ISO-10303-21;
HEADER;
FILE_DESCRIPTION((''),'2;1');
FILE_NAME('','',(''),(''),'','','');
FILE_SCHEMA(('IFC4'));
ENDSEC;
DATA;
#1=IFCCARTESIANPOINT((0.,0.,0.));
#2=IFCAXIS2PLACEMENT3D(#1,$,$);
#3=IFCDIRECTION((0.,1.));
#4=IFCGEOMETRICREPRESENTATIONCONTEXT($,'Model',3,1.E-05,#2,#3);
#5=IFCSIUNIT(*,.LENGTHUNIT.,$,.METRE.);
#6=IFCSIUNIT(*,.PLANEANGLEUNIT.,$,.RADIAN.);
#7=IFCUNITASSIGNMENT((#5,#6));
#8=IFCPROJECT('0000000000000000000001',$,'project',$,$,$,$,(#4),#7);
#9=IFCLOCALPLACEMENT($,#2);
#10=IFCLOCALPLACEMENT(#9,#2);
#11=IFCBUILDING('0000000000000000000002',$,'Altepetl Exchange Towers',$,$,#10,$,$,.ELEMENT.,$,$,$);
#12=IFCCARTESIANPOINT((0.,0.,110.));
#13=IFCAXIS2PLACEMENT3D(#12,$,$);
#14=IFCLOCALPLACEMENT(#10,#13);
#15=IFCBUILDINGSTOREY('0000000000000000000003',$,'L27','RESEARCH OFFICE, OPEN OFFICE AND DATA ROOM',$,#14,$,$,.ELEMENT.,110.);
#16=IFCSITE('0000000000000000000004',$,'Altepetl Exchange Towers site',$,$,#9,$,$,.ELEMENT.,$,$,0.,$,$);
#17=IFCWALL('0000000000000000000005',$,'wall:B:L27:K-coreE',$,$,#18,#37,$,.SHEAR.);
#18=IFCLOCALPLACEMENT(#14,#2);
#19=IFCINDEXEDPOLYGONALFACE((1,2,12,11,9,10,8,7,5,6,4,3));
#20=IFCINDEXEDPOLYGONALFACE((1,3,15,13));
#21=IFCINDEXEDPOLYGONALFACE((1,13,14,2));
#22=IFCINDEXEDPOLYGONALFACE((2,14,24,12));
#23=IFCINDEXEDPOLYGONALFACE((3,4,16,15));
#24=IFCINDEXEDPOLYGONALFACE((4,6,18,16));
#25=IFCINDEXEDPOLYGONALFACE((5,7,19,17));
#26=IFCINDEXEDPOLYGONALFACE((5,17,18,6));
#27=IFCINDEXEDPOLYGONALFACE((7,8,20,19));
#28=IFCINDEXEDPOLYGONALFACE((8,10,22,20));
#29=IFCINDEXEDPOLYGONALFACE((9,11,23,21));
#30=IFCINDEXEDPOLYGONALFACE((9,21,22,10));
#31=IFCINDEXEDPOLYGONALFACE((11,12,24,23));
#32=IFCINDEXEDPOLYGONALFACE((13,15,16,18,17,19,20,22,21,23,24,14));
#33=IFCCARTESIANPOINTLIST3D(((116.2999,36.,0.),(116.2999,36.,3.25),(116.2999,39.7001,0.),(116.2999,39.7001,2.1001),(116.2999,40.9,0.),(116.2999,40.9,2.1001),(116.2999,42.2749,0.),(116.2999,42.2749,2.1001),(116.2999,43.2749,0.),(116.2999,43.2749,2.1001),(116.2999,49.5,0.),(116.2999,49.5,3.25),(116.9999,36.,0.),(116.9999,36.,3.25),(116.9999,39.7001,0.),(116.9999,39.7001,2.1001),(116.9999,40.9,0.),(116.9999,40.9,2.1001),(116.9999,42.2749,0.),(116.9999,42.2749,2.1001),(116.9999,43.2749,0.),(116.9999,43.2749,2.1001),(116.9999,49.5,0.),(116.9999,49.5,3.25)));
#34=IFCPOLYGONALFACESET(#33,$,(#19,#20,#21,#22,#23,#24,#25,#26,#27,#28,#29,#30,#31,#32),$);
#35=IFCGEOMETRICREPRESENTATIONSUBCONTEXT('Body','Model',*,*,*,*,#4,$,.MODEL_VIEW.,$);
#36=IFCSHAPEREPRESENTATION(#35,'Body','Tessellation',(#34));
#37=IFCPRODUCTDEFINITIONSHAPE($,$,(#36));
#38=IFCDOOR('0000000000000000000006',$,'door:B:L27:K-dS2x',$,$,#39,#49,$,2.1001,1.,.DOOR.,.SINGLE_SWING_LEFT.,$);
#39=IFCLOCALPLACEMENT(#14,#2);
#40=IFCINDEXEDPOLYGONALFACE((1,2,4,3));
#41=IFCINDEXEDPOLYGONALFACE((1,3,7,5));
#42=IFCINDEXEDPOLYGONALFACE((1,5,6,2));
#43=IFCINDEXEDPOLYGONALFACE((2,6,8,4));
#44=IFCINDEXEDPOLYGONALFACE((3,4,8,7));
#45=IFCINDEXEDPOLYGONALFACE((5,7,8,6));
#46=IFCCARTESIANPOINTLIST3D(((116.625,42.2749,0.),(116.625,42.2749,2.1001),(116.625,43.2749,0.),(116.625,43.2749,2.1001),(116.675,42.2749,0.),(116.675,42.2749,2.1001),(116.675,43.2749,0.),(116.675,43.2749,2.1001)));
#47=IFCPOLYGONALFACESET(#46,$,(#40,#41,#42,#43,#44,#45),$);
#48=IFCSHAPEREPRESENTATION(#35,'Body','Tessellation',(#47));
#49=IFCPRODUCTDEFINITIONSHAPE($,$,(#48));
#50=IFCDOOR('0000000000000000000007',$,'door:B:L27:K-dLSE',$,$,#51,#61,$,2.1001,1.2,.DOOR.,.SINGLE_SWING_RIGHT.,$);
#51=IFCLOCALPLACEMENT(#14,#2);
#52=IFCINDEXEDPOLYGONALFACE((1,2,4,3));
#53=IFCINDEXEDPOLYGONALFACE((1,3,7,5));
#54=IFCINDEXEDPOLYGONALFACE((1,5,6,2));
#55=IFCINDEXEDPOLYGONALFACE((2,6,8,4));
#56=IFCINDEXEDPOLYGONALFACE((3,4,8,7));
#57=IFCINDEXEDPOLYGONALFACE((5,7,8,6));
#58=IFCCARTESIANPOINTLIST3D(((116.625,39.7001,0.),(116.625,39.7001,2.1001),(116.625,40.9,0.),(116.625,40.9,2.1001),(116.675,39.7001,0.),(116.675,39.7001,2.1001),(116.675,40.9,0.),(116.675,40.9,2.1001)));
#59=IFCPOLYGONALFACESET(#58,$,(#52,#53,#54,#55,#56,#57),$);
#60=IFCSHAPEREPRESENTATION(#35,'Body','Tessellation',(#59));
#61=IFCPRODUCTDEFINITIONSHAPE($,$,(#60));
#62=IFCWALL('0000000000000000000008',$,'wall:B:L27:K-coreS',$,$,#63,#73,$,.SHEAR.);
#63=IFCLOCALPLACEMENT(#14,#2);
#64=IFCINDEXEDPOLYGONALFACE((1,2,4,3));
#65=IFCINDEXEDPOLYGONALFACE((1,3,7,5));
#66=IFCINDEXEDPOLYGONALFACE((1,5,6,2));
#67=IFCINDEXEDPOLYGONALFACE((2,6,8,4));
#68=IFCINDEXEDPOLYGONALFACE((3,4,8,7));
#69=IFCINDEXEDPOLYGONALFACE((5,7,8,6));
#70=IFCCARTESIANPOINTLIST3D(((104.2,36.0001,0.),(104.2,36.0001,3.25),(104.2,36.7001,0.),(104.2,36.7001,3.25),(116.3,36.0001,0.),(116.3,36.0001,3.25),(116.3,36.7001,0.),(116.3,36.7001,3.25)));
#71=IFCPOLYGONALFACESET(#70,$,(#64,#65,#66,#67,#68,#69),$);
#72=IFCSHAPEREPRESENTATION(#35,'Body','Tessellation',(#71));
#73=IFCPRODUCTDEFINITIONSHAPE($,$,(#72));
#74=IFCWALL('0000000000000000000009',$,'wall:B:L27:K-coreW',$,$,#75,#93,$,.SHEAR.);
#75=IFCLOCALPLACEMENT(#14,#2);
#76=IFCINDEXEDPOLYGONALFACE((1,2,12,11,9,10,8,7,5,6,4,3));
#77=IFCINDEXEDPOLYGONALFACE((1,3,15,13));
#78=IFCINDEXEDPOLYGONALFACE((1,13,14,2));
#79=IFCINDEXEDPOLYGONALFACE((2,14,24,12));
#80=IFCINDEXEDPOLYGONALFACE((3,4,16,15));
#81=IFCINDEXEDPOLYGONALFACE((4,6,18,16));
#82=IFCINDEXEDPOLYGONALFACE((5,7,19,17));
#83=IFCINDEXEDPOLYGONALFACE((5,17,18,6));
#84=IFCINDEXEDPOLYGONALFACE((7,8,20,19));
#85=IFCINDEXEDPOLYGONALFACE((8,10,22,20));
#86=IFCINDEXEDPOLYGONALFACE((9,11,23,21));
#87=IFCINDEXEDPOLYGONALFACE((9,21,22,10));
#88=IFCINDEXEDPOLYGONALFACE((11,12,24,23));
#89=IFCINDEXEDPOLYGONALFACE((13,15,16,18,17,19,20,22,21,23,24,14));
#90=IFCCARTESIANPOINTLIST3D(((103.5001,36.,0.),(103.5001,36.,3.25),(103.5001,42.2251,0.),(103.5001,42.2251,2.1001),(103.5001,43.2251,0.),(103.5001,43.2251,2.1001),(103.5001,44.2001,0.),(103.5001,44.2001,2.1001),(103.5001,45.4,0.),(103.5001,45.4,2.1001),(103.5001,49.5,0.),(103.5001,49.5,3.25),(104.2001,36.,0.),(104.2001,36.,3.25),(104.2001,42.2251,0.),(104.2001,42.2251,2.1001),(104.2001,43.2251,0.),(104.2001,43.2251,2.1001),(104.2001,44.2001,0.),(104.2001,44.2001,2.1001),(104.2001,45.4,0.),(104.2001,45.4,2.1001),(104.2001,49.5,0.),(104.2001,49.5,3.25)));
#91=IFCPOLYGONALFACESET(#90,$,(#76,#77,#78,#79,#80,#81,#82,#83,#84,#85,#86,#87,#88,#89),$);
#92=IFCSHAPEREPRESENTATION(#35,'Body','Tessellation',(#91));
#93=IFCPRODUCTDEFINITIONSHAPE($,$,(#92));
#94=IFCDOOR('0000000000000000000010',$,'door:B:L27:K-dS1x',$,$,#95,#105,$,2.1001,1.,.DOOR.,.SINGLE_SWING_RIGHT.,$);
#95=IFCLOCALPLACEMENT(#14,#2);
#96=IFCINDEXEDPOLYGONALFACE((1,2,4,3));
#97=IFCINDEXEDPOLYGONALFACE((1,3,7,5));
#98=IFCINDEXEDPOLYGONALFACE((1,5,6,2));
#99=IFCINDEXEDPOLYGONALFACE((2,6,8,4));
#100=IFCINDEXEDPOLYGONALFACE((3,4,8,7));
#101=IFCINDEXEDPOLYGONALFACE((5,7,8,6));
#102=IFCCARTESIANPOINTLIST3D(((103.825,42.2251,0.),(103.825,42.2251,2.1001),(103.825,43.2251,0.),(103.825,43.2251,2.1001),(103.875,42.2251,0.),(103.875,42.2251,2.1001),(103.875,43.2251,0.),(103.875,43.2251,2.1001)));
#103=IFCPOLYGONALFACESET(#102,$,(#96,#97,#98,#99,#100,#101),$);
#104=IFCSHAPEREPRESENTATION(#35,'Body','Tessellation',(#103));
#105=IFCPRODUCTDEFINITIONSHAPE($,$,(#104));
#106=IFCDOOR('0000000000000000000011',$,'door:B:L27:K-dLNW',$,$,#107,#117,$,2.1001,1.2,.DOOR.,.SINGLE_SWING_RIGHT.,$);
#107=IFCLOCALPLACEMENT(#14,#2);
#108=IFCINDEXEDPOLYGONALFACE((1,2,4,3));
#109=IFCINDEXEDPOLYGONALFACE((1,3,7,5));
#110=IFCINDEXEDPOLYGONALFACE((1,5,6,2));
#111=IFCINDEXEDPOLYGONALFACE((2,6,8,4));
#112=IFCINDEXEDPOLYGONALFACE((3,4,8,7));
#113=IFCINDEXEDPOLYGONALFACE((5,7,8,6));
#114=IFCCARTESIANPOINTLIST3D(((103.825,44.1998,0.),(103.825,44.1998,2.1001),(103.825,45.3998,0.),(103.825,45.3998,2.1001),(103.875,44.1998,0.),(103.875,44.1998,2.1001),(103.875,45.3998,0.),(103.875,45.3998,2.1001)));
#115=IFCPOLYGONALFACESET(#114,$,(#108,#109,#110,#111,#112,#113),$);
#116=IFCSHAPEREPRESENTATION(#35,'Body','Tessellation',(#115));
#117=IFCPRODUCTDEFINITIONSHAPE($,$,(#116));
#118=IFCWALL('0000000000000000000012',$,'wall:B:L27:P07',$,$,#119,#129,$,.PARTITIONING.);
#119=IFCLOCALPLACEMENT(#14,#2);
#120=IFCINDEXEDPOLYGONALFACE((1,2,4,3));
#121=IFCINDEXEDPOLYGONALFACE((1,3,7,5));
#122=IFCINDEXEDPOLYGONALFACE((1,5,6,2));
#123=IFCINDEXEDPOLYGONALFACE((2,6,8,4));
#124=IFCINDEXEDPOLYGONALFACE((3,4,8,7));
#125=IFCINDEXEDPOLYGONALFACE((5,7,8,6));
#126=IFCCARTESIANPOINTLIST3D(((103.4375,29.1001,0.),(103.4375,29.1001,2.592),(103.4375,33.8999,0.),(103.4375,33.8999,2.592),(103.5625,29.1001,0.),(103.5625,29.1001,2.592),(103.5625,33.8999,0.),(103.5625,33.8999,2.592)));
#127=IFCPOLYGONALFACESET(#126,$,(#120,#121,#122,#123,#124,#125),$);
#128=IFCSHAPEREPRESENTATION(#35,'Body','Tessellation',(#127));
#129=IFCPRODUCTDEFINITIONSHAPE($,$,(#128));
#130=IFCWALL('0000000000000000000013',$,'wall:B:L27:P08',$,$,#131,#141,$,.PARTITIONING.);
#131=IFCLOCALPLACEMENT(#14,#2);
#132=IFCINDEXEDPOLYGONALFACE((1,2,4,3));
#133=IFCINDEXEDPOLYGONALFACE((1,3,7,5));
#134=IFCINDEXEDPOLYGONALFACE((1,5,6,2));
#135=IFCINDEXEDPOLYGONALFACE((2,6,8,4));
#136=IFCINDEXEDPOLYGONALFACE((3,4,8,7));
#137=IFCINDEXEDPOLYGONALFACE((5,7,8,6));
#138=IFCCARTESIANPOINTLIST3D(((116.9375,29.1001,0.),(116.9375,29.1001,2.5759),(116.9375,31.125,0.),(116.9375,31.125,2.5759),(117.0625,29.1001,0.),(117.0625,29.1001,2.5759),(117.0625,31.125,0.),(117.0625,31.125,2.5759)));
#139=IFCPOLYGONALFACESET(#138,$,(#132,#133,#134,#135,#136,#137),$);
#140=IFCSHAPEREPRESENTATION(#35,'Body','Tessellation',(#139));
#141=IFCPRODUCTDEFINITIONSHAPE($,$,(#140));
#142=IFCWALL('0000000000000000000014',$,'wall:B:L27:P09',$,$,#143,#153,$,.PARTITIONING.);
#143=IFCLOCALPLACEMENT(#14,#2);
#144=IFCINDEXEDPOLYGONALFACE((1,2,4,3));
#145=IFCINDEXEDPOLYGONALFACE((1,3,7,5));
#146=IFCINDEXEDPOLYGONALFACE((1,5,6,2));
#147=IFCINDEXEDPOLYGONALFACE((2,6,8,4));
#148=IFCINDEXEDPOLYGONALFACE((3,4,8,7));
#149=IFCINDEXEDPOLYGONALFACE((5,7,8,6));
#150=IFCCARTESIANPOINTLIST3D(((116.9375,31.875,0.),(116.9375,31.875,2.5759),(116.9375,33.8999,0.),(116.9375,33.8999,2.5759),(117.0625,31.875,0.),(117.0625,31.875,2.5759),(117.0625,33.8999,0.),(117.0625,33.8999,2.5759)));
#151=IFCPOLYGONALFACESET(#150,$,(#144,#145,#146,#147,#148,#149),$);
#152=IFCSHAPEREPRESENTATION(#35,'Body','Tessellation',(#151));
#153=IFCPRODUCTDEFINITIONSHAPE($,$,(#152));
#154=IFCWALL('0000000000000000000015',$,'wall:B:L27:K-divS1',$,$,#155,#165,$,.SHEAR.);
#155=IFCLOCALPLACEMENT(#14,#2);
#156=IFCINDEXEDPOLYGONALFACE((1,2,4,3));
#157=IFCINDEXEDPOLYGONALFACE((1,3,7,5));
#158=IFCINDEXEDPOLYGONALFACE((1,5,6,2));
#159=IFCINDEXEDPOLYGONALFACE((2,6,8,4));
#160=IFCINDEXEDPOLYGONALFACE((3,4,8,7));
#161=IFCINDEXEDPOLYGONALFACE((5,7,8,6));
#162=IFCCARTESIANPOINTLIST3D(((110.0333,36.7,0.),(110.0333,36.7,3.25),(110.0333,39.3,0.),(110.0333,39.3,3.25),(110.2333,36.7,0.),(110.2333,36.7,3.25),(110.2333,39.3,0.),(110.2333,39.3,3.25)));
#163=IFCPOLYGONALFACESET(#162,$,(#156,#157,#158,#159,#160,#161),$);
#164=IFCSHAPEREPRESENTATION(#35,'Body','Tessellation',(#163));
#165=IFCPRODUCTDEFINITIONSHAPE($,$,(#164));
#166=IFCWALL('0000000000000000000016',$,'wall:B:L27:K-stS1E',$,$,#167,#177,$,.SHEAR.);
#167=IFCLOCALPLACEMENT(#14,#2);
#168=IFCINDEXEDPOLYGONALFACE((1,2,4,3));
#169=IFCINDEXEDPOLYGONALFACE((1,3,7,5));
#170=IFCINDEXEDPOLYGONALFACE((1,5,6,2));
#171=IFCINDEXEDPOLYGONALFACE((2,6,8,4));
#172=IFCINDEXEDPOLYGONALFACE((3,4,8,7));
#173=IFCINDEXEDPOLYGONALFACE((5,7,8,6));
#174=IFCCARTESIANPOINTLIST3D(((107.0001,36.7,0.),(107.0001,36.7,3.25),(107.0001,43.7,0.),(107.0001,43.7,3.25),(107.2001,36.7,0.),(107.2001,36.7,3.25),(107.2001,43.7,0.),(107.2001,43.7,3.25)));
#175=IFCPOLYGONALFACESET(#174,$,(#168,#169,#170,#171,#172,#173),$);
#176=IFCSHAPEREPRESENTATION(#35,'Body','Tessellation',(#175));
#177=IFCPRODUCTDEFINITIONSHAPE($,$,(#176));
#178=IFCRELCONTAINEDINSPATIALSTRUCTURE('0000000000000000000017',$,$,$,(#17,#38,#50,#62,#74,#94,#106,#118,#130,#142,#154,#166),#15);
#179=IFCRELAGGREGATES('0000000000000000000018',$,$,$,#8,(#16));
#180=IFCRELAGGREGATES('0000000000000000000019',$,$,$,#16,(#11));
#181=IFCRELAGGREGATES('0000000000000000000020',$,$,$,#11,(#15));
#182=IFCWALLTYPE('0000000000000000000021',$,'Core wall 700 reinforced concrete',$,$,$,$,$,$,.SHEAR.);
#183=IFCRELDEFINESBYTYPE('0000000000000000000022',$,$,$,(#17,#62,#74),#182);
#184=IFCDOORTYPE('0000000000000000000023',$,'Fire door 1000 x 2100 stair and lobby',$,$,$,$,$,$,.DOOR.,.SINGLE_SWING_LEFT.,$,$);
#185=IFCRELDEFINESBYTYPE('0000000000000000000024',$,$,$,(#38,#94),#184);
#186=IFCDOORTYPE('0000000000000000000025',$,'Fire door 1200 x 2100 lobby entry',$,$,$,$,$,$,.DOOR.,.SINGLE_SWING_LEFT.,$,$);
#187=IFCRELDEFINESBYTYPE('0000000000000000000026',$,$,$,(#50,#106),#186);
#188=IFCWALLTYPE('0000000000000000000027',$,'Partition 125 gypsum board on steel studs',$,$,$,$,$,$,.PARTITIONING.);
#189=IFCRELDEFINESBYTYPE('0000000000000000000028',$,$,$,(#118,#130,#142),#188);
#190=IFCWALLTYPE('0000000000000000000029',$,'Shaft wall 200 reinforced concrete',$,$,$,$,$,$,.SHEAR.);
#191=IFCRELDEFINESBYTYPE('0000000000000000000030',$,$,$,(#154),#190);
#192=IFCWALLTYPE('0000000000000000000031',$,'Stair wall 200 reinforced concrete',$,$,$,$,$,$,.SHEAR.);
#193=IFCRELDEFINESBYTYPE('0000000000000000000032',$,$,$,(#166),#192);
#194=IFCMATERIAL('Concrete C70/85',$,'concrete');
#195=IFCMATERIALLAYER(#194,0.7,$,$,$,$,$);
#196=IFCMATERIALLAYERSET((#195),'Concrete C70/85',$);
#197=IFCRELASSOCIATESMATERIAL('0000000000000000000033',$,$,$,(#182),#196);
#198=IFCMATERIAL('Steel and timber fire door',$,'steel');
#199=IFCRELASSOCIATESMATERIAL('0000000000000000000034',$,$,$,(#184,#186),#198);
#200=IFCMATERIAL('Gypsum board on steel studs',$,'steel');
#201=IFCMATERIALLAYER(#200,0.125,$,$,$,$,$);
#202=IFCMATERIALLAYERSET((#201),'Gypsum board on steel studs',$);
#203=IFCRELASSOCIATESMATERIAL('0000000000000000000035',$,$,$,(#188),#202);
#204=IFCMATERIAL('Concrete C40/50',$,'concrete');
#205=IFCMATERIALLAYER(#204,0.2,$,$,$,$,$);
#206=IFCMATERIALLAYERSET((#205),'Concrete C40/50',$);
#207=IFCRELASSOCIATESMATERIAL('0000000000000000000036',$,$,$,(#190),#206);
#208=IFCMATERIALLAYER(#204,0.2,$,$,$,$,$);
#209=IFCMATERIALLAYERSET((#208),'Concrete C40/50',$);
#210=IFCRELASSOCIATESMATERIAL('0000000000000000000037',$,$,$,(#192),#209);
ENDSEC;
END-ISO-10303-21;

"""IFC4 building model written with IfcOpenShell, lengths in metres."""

from ifc_helpers import new_model, si_unit, direction, frame, frame_2d, origin, place, context, subcontext, project, spatial, rectangle, extrude, material, layer, layer_set, type_object, element, fill, save


model = new_model("IFC4")

# Units and contexts
model_context = context("Model", 3, precision=1e-05, world=origin(), true_north=direction((0.0, 1.0)))
body_context = subcontext(model_context, "Body", "Model", "MODEL_VIEW")
ifc_project = project(units=[si_unit("LENGTHUNIT", "METRE"), si_unit("PLANEANGLEUNIT", "RADIAN")], contexts=[model_context])

# Site, building, storey
site_placement = place(None, origin())
site = spatial("IfcSite", under=ifc_project, at=site_placement, Name="Altepetl Exchange Towers site", CompositionType="ELEMENT", RefElevation=0.0)
building_placement = place(site_placement, origin())
building = spatial("IfcBuilding", under=site, at=building_placement, Name="Altepetl Exchange Towers", CompositionType="ELEMENT")
storey_placement = place(building_placement, frame((0.0, 0.0, 110.0)))
storey = spatial("IfcBuildingStorey", under=building, at=storey_placement, Name="L27", Description="RESEARCH OFFICE, OPEN OFFICE AND DATA ROOM", CompositionType="ELEMENT", Elevation=110.0)

# Shared definitions
ifc_material_1 = material(Name="Concrete C70/85", Category="concrete")

# Wall, openings, doors
ifc_layer_1 = layer(ifc_material_1, 0.7)
ifc_layer_set_1 = layer_set([ifc_layer_1], Name="Concrete C70/85")
wall_type_1 = type_object("IfcWallType", Name="Core wall 700 reinforced concrete", PredefinedType="SHEAR", material=ifc_layer_set_1)
wall_1_placement = place(storey_placement, frame((116.6499, 36.0, 0.0), z_axis=(0.0, 0.0, 1.0), x_axis=(0.0, 1.0, 0.0)))
wall_1 = element("IfcWall", 1, at=wall_1_placement, inside=storey, type_object=wall_type_1, Name="wall:B:L27:K-coreE", PredefinedType="SHEAR", context=body_context, shape_type="SweptSolid", body=[
    extrude(rectangle(XDim=13.5, YDim=0.7, at=frame_2d((6.75, 0.0))), origin(), (0.0, 0.0, 1.0), 3.25),
])
opening_1_placement = place(wall_1_placement, frame((3.7, 0.0, 0.0)))
opening_1 = element("IfcOpeningElement", 2, at=opening_1_placement, cuts=wall_1, PredefinedType="OPENING", context=body_context, shape_type="SweptSolid", body=[
    extrude(rectangle(XDim=1.2, YDim=2.1001, at=frame_2d((0.6001, 1.05))), frame((0.0, 0.3599, 0.0), z_axis=(0.0, -1.0, 0.0), x_axis=(1.0, 0.0, 0.0)), (0.0, 0.0, 1.0), 0.72),
])
opening_2_placement = place(wall_1_placement, frame((6.2749, 0.0, 0.0)))
opening_2 = element("IfcOpeningElement", 3, at=opening_2_placement, cuts=wall_1, PredefinedType="OPENING", context=body_context, shape_type="SweptSolid", body=[
    extrude(rectangle(XDim=1.0, YDim=2.1001, at=frame_2d((0.5, 1.05))), frame((0.0, 0.3599, 0.0), z_axis=(0.0, -1.0, 0.0), x_axis=(1.0, 0.0, 0.0)), (0.0, 0.0, 1.0), 0.72),
])
ifc_material_2 = material(Name="Steel and timber fire door", Category="steel")
door_type_1 = type_object("IfcDoorType", Name="Fire door 1000 x 2100 stair and lobby", OperationType="SINGLE_SWING_LEFT", PredefinedType="DOOR", material=ifc_material_2)
door_1_placement = place(opening_2_placement, origin())
door_1 = element("IfcDoor", 4, at=door_1_placement, inside=storey, type_object=door_type_1, Name="door:B:L27:K-dS2x", OperationType="SINGLE_SWING_LEFT", OverallHeight=2.1001, OverallWidth=1.0, PredefinedType="DOOR", context=body_context, shape_type="SweptSolid", body=[
    extrude(rectangle(XDim=1.0, YDim=2.1001, at=frame_2d((0.5, 1.05))), frame((0.0, 0.0249, 0.0), z_axis=(0.0, -1.0, 0.0), x_axis=(1.0, 0.0, 0.0)), (0.0, 0.0, 1.0), 0.05),
])
fill(opening_2, door_1)
door_type_2 = type_object("IfcDoorType", Name="Fire door 1200 x 2100 lobby entry", OperationType="SINGLE_SWING_LEFT", PredefinedType="DOOR", material=ifc_material_2)
door_2_placement = place(opening_1_placement, origin())
door_2 = element("IfcDoor", 5, at=door_2_placement, inside=storey, type_object=door_type_2, Name="door:B:L27:K-dLSE", OperationType="SINGLE_SWING_RIGHT", OverallHeight=2.1001, OverallWidth=1.2, PredefinedType="DOOR", context=body_context, shape_type="SweptSolid", body=[
    extrude(rectangle(XDim=1.2, YDim=2.1001, at=frame_2d((0.6001, 1.05))), frame((0.0, 0.0249, 0.0), z_axis=(0.0, -1.0, 0.0), x_axis=(1.0, 0.0, 0.0)), (0.0, 0.0, 1.0), 0.05),
])
fill(opening_1, door_2)

# Wall
wall_2_placement = place(storey_placement, frame((104.2, 36.3501, 0.0)))
element("IfcWall", 6, at=wall_2_placement, inside=storey, type_object=wall_type_1, Name="wall:B:L27:K-coreS", PredefinedType="SHEAR", context=body_context, shape_type="SweptSolid", body=[
    extrude(rectangle(XDim=12.1001, YDim=0.7, at=frame_2d((6.05, 0.0))), origin(), (0.0, 0.0, 1.0), 3.25),
])

# Wall, openings, doors
wall_3_placement = place(storey_placement, frame((103.8501, 36.0, 0.0), z_axis=(0.0, 0.0, 1.0), x_axis=(0.0, 1.0, 0.0)))
wall_3 = element("IfcWall", 7, at=wall_3_placement, inside=storey, type_object=wall_type_1, Name="wall:B:L27:K-coreW", PredefinedType="SHEAR", context=body_context, shape_type="SweptSolid", body=[
    extrude(rectangle(XDim=13.5, YDim=0.7, at=frame_2d((6.75, 0.0))), origin(), (0.0, 0.0, 1.0), 3.25),
])
opening_3_placement = place(wall_3_placement, frame((8.2, 0.0, 0.0)))
opening_3 = element("IfcOpeningElement", 8, at=opening_3_placement, cuts=wall_3, PredefinedType="OPENING", context=body_context, shape_type="SweptSolid", body=[
    extrude(rectangle(XDim=1.2, YDim=2.1001, at=frame_2d((0.6001, 1.05))), frame((0.0, 0.3599, 0.0), z_axis=(0.0, -1.0, 0.0), x_axis=(1.0, 0.0, 0.0)), (0.0, 0.0, 1.0), 0.72),
])
opening_4_placement = place(wall_3_placement, frame((6.2251, 0.0, 0.0)))
opening_4 = element("IfcOpeningElement", 9, at=opening_4_placement, cuts=wall_3, PredefinedType="OPENING", context=body_context, shape_type="SweptSolid", body=[
    extrude(rectangle(XDim=1.0, YDim=2.1001, at=frame_2d((0.5, 1.05))), frame((0.0, 0.3599, 0.0), z_axis=(0.0, -1.0, 0.0), x_axis=(1.0, 0.0, 0.0)), (0.0, 0.0, 1.0), 0.72),
])
door_3_placement = place(opening_4_placement, frame((1.0, 0.0, 0.0), x_axis=(-1.0, 0.0, 0.0)))
door_3 = element("IfcDoor", 10, at=door_3_placement, inside=storey, type_object=door_type_1, Name="door:B:L27:K-dS1x", OperationType="SINGLE_SWING_RIGHT", OverallHeight=2.1001, OverallWidth=1.0, PredefinedType="DOOR", context=body_context, shape_type="SweptSolid", body=[
    extrude(rectangle(XDim=1.0, YDim=2.1001, at=frame_2d((0.5, 1.05))), frame((0.0, 0.0249, 0.0), z_axis=(0.0, -1.0, 0.0), x_axis=(1.0, 0.0, 0.0)), (0.0, 0.0, 1.0), 0.05),
])
fill(opening_4, door_3)
door_4_placement = place(opening_3_placement, frame((1.2, 0.0, 0.0), x_axis=(-1.0, 0.0, 0.0)))
door_4 = element("IfcDoor", 11, at=door_4_placement, inside=storey, type_object=door_type_2, Name="door:B:L27:K-dLNW", OperationType="SINGLE_SWING_RIGHT", OverallHeight=2.1001, OverallWidth=1.2, PredefinedType="DOOR", context=body_context, shape_type="SweptSolid", body=[
    extrude(rectangle(XDim=1.2, YDim=2.1001, at=frame_2d((0.6001, 1.05))), frame((0.0, 0.0249, 0.0), z_axis=(0.0, -1.0, 0.0), x_axis=(1.0, 0.0, 0.0)), (0.0, 0.0, 1.0), 0.05),
])
fill(opening_3, door_4)

# Walls
ifc_material_3 = material(Name="Gypsum board on steel studs", Category="steel")
ifc_layer_2 = layer(ifc_material_3, 0.125)
ifc_layer_set_2 = layer_set([ifc_layer_2], Name="Gypsum board on steel studs")
wall_type_2 = type_object("IfcWallType", Name="Partition 125 gypsum board on steel studs", PredefinedType="PARTITIONING", material=ifc_layer_set_2)
wall_4_placement = place(storey_placement, frame((103.5, 29.1001, 0.0), z_axis=(0.0, 0.0, 1.0), x_axis=(0.0, 1.0, 0.0)))
element("IfcWall", 12, at=wall_4_placement, inside=storey, type_object=wall_type_2, Name="wall:B:L27:P07", PredefinedType="PARTITIONING", context=body_context, shape_type="SweptSolid", body=[
    extrude(rectangle(XDim=4.7998, YDim=0.125, at=frame_2d((2.3999, 0.0))), origin(), (0.0, 0.0, 1.0), 2.592),
])
for number, where, z_axis, x_axis, name in (
    (13, (117.0, 29.1001, 0.0), (0.0, 0.0, 1.0), (0.0, 1.0, 0.0), "wall:B:L27:P08"),
    (14, (117.0, 31.875, 0.0), (0.0, 0.0, 1.0), (0.0, 1.0, 0.0), "wall:B:L27:P09"),
):
    element("IfcWall", number, at=place(storey_placement, frame(where, z_axis=z_axis, x_axis=x_axis)), inside=storey, type_object=wall_type_2, Name=name, PredefinedType="PARTITIONING", context=body_context, shape_type="SweptSolid", body=[
        extrude(rectangle(XDim=2.0249, YDim=0.125, at=frame_2d((1.0125, 0.0))), origin(), (0.0, 0.0, 1.0), 2.5759),
    ])
ifc_material_4 = material(Name="Concrete C40/50", Category="concrete")
ifc_layer_3 = layer(ifc_material_4, 0.2)
ifc_layer_set_3 = layer_set([ifc_layer_3], Name="Concrete C40/50")
wall_type_3 = type_object("IfcWallType", Name="Shaft wall 200 reinforced concrete", PredefinedType="SHEAR", material=ifc_layer_set_3)
wall_5_placement = place(storey_placement, frame((110.1333, 36.7, 0.0), z_axis=(0.0, 0.0, 1.0), x_axis=(0.0, 1.0, 0.0)))
element("IfcWall", 15, at=wall_5_placement, inside=storey, type_object=wall_type_3, Name="wall:B:L27:K-divS1", PredefinedType="SHEAR", context=body_context, shape_type="SweptSolid", body=[
    extrude(rectangle(XDim=2.6001, YDim=0.2, at=frame_2d((1.3, 0.0))), origin(), (0.0, 0.0, 1.0), 3.25),
])
ifc_layer_4 = layer(ifc_material_4, 0.2)
ifc_layer_set_4 = layer_set([ifc_layer_4], Name="Concrete C40/50")
wall_type_4 = type_object("IfcWallType", Name="Stair wall 200 reinforced concrete", PredefinedType="SHEAR", material=ifc_layer_set_4)
wall_6_placement = place(storey_placement, frame((107.1001, 36.7, 0.0), z_axis=(0.0, 0.0, 1.0), x_axis=(0.0, 1.0, 0.0)))
element("IfcWall", 16, at=wall_6_placement, inside=storey, type_object=wall_type_4, Name="wall:B:L27:K-stS1E", PredefinedType="SHEAR", context=body_context, shape_type="SweptSolid", body=[
    extrude(rectangle(XDim=7.0, YDim=0.2, at=frame_2d((3.5, 0.0))), origin(), (0.0, 0.0, 1.0), 3.25),
])

save(model, "model.ifc")
